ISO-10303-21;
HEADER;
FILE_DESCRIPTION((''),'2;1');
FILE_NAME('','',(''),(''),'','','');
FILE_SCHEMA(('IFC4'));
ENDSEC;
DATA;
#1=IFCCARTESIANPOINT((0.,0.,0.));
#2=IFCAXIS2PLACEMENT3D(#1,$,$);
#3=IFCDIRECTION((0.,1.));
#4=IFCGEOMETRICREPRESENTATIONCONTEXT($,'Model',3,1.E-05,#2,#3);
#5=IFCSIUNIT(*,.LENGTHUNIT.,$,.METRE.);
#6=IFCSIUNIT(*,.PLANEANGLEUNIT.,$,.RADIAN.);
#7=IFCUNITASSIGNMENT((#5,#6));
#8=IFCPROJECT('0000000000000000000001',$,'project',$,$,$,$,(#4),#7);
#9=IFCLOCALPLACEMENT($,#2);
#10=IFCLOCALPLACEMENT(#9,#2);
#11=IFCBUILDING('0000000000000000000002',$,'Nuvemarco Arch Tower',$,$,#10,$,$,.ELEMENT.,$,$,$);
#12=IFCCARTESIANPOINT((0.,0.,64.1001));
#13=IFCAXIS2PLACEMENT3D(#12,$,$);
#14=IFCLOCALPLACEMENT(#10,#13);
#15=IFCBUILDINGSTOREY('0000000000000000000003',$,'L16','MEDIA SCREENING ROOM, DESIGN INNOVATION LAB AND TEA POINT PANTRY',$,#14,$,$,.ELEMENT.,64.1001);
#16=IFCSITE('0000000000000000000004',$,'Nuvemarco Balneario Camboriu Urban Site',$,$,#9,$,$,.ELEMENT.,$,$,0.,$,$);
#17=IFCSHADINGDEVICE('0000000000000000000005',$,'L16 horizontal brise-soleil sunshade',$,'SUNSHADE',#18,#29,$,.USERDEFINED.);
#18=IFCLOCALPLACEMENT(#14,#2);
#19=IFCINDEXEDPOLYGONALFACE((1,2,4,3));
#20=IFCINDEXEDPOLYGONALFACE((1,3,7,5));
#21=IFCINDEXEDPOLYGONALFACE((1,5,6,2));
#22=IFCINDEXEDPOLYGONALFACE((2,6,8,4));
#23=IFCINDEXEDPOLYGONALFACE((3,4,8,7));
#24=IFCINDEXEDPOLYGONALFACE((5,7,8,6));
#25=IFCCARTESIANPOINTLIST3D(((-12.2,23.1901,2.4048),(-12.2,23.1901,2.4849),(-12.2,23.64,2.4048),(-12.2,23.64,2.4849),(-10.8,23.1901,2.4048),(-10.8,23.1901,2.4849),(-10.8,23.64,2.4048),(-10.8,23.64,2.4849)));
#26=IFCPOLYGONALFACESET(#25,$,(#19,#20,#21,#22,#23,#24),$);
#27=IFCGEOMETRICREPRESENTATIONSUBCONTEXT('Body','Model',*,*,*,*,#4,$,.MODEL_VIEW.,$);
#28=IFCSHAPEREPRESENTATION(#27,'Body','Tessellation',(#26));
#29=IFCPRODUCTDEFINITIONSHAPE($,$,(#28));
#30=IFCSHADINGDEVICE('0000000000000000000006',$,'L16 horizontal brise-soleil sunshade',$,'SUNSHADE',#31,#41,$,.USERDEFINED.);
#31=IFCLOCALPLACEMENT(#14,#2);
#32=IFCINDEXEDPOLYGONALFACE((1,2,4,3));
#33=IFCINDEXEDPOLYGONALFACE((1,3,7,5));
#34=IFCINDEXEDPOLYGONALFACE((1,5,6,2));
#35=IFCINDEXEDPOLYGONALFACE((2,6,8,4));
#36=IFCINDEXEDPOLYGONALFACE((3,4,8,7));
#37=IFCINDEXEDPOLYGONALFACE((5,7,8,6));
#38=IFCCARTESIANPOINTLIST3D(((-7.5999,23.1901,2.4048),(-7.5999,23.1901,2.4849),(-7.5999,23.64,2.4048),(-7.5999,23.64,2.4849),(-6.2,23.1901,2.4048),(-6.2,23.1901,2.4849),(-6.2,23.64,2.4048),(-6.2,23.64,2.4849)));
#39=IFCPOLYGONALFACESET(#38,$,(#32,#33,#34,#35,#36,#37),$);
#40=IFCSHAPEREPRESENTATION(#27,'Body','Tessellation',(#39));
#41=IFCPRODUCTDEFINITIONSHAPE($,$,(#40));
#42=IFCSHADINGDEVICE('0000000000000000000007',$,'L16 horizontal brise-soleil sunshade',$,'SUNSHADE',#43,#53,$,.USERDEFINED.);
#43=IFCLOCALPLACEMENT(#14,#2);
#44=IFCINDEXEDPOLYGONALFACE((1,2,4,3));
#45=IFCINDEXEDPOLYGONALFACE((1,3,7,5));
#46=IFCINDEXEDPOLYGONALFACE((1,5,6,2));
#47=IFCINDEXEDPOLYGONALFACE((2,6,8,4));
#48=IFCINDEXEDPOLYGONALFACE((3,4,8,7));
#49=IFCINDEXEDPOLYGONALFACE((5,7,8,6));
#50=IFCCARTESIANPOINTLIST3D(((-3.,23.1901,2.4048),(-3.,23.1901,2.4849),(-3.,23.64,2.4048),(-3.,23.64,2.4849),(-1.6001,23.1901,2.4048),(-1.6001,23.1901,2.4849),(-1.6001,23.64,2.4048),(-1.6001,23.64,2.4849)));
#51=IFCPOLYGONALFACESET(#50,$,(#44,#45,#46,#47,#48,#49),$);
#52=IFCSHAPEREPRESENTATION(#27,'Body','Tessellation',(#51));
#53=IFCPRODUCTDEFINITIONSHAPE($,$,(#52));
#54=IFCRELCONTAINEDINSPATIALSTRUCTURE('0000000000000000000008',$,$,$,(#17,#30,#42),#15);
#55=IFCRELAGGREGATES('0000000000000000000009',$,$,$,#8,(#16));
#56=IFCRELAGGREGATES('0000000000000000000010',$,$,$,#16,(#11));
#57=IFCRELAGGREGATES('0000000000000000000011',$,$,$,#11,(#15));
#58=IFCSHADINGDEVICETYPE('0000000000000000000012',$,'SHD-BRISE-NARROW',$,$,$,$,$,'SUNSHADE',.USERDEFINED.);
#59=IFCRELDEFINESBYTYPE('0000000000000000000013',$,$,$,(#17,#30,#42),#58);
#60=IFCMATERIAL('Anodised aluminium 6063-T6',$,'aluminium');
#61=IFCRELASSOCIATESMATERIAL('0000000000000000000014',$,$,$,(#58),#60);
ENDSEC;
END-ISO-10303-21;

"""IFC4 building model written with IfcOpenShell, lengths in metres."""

from ifc_helpers import new_model, si_unit, direction, frame, origin, origin_2d, place, context, subcontext, project, spatial, rectangle, extrude, source, transform, mapped, material, type_object, type_shapes, element, save


model = new_model("IFC4")

# Units and contexts
model_context = context("Model", 3, precision=1e-05, world=origin(), true_north=direction((0.0, 1.0)))
body_context = subcontext(model_context, "Body", "Model", "MODEL_VIEW")
ifc_project = project(units=[si_unit("LENGTHUNIT", "METRE"), si_unit("PLANEANGLEUNIT", "RADIAN")], contexts=[model_context])

# Site, building, storey
site_placement = place(None, origin())
site = spatial("IfcSite", under=ifc_project, at=site_placement, Name="Nuvemarco Balneario Camboriu Urban Site", CompositionType="ELEMENT", RefElevation=0.0)
building_placement = place(site_placement, origin())
building = spatial("IfcBuilding", under=site, at=building_placement, Name="Nuvemarco Arch Tower", CompositionType="ELEMENT")
storey_placement = place(building_placement, frame((0.0, 0.0, 64.1001)))
storey = spatial("IfcBuildingStorey", under=building, at=storey_placement, Name="L16", Description="MEDIA SCREENING ROOM, DESIGN INNOVATION LAB AND TEA POINT PANTRY", CompositionType="ELEMENT", Elevation=64.1001)

# Shading devices
ifc_material_1 = material(Name="Anodised aluminium 6063-T6", Category="aluminium")
shading_device_type = type_object("IfcShadingDeviceType", Name="SHD-BRISE-NARROW", ElementType="SUNSHADE", PredefinedType="USERDEFINED", material=ifc_material_1)
shared_shape_1 = source(origin(), body_context, "Body", "SweptSolid", [
    extrude(rectangle(XDim=1.3999, YDim=0.45, at=origin_2d()), origin(), (0.0, 0.0, 1.0), 0.0801),
])
type_shapes(shading_device_type, [shared_shape_1])
for number, where, z_axis, x_axis, name in (
    (1, (-11.5, 23.415, 2.4048), (0.0, 0.0, 1.0), (1.0, 0.0, 0.0), "L16 horizontal brise-soleil sunshade"),
    (2, (-6.8999, 23.415, 2.4048), (0.0, 0.0, 1.0), (1.0, 0.0, 0.0), "L16 horizontal brise-soleil sunshade"),
    (3, (-2.3, 23.415, 2.4048), (0.0, 0.0, 1.0), (1.0, 0.0, 0.0), "L16 horizontal brise-soleil sunshade"),
):
    element("IfcShadingDevice", number, at=place(storey_placement, frame(where, z_axis=z_axis, x_axis=x_axis)), inside=storey, type_object=shading_device_type, Name=name, ObjectType="SUNSHADE", PredefinedType="USERDEFINED", context=body_context, shape_type="MappedRepresentation", body=[
        mapped(shared_shape_1, transform((0.0, 0.0, 0.0), scale=1.0)),
    ])

save(model, "model.ifc")
